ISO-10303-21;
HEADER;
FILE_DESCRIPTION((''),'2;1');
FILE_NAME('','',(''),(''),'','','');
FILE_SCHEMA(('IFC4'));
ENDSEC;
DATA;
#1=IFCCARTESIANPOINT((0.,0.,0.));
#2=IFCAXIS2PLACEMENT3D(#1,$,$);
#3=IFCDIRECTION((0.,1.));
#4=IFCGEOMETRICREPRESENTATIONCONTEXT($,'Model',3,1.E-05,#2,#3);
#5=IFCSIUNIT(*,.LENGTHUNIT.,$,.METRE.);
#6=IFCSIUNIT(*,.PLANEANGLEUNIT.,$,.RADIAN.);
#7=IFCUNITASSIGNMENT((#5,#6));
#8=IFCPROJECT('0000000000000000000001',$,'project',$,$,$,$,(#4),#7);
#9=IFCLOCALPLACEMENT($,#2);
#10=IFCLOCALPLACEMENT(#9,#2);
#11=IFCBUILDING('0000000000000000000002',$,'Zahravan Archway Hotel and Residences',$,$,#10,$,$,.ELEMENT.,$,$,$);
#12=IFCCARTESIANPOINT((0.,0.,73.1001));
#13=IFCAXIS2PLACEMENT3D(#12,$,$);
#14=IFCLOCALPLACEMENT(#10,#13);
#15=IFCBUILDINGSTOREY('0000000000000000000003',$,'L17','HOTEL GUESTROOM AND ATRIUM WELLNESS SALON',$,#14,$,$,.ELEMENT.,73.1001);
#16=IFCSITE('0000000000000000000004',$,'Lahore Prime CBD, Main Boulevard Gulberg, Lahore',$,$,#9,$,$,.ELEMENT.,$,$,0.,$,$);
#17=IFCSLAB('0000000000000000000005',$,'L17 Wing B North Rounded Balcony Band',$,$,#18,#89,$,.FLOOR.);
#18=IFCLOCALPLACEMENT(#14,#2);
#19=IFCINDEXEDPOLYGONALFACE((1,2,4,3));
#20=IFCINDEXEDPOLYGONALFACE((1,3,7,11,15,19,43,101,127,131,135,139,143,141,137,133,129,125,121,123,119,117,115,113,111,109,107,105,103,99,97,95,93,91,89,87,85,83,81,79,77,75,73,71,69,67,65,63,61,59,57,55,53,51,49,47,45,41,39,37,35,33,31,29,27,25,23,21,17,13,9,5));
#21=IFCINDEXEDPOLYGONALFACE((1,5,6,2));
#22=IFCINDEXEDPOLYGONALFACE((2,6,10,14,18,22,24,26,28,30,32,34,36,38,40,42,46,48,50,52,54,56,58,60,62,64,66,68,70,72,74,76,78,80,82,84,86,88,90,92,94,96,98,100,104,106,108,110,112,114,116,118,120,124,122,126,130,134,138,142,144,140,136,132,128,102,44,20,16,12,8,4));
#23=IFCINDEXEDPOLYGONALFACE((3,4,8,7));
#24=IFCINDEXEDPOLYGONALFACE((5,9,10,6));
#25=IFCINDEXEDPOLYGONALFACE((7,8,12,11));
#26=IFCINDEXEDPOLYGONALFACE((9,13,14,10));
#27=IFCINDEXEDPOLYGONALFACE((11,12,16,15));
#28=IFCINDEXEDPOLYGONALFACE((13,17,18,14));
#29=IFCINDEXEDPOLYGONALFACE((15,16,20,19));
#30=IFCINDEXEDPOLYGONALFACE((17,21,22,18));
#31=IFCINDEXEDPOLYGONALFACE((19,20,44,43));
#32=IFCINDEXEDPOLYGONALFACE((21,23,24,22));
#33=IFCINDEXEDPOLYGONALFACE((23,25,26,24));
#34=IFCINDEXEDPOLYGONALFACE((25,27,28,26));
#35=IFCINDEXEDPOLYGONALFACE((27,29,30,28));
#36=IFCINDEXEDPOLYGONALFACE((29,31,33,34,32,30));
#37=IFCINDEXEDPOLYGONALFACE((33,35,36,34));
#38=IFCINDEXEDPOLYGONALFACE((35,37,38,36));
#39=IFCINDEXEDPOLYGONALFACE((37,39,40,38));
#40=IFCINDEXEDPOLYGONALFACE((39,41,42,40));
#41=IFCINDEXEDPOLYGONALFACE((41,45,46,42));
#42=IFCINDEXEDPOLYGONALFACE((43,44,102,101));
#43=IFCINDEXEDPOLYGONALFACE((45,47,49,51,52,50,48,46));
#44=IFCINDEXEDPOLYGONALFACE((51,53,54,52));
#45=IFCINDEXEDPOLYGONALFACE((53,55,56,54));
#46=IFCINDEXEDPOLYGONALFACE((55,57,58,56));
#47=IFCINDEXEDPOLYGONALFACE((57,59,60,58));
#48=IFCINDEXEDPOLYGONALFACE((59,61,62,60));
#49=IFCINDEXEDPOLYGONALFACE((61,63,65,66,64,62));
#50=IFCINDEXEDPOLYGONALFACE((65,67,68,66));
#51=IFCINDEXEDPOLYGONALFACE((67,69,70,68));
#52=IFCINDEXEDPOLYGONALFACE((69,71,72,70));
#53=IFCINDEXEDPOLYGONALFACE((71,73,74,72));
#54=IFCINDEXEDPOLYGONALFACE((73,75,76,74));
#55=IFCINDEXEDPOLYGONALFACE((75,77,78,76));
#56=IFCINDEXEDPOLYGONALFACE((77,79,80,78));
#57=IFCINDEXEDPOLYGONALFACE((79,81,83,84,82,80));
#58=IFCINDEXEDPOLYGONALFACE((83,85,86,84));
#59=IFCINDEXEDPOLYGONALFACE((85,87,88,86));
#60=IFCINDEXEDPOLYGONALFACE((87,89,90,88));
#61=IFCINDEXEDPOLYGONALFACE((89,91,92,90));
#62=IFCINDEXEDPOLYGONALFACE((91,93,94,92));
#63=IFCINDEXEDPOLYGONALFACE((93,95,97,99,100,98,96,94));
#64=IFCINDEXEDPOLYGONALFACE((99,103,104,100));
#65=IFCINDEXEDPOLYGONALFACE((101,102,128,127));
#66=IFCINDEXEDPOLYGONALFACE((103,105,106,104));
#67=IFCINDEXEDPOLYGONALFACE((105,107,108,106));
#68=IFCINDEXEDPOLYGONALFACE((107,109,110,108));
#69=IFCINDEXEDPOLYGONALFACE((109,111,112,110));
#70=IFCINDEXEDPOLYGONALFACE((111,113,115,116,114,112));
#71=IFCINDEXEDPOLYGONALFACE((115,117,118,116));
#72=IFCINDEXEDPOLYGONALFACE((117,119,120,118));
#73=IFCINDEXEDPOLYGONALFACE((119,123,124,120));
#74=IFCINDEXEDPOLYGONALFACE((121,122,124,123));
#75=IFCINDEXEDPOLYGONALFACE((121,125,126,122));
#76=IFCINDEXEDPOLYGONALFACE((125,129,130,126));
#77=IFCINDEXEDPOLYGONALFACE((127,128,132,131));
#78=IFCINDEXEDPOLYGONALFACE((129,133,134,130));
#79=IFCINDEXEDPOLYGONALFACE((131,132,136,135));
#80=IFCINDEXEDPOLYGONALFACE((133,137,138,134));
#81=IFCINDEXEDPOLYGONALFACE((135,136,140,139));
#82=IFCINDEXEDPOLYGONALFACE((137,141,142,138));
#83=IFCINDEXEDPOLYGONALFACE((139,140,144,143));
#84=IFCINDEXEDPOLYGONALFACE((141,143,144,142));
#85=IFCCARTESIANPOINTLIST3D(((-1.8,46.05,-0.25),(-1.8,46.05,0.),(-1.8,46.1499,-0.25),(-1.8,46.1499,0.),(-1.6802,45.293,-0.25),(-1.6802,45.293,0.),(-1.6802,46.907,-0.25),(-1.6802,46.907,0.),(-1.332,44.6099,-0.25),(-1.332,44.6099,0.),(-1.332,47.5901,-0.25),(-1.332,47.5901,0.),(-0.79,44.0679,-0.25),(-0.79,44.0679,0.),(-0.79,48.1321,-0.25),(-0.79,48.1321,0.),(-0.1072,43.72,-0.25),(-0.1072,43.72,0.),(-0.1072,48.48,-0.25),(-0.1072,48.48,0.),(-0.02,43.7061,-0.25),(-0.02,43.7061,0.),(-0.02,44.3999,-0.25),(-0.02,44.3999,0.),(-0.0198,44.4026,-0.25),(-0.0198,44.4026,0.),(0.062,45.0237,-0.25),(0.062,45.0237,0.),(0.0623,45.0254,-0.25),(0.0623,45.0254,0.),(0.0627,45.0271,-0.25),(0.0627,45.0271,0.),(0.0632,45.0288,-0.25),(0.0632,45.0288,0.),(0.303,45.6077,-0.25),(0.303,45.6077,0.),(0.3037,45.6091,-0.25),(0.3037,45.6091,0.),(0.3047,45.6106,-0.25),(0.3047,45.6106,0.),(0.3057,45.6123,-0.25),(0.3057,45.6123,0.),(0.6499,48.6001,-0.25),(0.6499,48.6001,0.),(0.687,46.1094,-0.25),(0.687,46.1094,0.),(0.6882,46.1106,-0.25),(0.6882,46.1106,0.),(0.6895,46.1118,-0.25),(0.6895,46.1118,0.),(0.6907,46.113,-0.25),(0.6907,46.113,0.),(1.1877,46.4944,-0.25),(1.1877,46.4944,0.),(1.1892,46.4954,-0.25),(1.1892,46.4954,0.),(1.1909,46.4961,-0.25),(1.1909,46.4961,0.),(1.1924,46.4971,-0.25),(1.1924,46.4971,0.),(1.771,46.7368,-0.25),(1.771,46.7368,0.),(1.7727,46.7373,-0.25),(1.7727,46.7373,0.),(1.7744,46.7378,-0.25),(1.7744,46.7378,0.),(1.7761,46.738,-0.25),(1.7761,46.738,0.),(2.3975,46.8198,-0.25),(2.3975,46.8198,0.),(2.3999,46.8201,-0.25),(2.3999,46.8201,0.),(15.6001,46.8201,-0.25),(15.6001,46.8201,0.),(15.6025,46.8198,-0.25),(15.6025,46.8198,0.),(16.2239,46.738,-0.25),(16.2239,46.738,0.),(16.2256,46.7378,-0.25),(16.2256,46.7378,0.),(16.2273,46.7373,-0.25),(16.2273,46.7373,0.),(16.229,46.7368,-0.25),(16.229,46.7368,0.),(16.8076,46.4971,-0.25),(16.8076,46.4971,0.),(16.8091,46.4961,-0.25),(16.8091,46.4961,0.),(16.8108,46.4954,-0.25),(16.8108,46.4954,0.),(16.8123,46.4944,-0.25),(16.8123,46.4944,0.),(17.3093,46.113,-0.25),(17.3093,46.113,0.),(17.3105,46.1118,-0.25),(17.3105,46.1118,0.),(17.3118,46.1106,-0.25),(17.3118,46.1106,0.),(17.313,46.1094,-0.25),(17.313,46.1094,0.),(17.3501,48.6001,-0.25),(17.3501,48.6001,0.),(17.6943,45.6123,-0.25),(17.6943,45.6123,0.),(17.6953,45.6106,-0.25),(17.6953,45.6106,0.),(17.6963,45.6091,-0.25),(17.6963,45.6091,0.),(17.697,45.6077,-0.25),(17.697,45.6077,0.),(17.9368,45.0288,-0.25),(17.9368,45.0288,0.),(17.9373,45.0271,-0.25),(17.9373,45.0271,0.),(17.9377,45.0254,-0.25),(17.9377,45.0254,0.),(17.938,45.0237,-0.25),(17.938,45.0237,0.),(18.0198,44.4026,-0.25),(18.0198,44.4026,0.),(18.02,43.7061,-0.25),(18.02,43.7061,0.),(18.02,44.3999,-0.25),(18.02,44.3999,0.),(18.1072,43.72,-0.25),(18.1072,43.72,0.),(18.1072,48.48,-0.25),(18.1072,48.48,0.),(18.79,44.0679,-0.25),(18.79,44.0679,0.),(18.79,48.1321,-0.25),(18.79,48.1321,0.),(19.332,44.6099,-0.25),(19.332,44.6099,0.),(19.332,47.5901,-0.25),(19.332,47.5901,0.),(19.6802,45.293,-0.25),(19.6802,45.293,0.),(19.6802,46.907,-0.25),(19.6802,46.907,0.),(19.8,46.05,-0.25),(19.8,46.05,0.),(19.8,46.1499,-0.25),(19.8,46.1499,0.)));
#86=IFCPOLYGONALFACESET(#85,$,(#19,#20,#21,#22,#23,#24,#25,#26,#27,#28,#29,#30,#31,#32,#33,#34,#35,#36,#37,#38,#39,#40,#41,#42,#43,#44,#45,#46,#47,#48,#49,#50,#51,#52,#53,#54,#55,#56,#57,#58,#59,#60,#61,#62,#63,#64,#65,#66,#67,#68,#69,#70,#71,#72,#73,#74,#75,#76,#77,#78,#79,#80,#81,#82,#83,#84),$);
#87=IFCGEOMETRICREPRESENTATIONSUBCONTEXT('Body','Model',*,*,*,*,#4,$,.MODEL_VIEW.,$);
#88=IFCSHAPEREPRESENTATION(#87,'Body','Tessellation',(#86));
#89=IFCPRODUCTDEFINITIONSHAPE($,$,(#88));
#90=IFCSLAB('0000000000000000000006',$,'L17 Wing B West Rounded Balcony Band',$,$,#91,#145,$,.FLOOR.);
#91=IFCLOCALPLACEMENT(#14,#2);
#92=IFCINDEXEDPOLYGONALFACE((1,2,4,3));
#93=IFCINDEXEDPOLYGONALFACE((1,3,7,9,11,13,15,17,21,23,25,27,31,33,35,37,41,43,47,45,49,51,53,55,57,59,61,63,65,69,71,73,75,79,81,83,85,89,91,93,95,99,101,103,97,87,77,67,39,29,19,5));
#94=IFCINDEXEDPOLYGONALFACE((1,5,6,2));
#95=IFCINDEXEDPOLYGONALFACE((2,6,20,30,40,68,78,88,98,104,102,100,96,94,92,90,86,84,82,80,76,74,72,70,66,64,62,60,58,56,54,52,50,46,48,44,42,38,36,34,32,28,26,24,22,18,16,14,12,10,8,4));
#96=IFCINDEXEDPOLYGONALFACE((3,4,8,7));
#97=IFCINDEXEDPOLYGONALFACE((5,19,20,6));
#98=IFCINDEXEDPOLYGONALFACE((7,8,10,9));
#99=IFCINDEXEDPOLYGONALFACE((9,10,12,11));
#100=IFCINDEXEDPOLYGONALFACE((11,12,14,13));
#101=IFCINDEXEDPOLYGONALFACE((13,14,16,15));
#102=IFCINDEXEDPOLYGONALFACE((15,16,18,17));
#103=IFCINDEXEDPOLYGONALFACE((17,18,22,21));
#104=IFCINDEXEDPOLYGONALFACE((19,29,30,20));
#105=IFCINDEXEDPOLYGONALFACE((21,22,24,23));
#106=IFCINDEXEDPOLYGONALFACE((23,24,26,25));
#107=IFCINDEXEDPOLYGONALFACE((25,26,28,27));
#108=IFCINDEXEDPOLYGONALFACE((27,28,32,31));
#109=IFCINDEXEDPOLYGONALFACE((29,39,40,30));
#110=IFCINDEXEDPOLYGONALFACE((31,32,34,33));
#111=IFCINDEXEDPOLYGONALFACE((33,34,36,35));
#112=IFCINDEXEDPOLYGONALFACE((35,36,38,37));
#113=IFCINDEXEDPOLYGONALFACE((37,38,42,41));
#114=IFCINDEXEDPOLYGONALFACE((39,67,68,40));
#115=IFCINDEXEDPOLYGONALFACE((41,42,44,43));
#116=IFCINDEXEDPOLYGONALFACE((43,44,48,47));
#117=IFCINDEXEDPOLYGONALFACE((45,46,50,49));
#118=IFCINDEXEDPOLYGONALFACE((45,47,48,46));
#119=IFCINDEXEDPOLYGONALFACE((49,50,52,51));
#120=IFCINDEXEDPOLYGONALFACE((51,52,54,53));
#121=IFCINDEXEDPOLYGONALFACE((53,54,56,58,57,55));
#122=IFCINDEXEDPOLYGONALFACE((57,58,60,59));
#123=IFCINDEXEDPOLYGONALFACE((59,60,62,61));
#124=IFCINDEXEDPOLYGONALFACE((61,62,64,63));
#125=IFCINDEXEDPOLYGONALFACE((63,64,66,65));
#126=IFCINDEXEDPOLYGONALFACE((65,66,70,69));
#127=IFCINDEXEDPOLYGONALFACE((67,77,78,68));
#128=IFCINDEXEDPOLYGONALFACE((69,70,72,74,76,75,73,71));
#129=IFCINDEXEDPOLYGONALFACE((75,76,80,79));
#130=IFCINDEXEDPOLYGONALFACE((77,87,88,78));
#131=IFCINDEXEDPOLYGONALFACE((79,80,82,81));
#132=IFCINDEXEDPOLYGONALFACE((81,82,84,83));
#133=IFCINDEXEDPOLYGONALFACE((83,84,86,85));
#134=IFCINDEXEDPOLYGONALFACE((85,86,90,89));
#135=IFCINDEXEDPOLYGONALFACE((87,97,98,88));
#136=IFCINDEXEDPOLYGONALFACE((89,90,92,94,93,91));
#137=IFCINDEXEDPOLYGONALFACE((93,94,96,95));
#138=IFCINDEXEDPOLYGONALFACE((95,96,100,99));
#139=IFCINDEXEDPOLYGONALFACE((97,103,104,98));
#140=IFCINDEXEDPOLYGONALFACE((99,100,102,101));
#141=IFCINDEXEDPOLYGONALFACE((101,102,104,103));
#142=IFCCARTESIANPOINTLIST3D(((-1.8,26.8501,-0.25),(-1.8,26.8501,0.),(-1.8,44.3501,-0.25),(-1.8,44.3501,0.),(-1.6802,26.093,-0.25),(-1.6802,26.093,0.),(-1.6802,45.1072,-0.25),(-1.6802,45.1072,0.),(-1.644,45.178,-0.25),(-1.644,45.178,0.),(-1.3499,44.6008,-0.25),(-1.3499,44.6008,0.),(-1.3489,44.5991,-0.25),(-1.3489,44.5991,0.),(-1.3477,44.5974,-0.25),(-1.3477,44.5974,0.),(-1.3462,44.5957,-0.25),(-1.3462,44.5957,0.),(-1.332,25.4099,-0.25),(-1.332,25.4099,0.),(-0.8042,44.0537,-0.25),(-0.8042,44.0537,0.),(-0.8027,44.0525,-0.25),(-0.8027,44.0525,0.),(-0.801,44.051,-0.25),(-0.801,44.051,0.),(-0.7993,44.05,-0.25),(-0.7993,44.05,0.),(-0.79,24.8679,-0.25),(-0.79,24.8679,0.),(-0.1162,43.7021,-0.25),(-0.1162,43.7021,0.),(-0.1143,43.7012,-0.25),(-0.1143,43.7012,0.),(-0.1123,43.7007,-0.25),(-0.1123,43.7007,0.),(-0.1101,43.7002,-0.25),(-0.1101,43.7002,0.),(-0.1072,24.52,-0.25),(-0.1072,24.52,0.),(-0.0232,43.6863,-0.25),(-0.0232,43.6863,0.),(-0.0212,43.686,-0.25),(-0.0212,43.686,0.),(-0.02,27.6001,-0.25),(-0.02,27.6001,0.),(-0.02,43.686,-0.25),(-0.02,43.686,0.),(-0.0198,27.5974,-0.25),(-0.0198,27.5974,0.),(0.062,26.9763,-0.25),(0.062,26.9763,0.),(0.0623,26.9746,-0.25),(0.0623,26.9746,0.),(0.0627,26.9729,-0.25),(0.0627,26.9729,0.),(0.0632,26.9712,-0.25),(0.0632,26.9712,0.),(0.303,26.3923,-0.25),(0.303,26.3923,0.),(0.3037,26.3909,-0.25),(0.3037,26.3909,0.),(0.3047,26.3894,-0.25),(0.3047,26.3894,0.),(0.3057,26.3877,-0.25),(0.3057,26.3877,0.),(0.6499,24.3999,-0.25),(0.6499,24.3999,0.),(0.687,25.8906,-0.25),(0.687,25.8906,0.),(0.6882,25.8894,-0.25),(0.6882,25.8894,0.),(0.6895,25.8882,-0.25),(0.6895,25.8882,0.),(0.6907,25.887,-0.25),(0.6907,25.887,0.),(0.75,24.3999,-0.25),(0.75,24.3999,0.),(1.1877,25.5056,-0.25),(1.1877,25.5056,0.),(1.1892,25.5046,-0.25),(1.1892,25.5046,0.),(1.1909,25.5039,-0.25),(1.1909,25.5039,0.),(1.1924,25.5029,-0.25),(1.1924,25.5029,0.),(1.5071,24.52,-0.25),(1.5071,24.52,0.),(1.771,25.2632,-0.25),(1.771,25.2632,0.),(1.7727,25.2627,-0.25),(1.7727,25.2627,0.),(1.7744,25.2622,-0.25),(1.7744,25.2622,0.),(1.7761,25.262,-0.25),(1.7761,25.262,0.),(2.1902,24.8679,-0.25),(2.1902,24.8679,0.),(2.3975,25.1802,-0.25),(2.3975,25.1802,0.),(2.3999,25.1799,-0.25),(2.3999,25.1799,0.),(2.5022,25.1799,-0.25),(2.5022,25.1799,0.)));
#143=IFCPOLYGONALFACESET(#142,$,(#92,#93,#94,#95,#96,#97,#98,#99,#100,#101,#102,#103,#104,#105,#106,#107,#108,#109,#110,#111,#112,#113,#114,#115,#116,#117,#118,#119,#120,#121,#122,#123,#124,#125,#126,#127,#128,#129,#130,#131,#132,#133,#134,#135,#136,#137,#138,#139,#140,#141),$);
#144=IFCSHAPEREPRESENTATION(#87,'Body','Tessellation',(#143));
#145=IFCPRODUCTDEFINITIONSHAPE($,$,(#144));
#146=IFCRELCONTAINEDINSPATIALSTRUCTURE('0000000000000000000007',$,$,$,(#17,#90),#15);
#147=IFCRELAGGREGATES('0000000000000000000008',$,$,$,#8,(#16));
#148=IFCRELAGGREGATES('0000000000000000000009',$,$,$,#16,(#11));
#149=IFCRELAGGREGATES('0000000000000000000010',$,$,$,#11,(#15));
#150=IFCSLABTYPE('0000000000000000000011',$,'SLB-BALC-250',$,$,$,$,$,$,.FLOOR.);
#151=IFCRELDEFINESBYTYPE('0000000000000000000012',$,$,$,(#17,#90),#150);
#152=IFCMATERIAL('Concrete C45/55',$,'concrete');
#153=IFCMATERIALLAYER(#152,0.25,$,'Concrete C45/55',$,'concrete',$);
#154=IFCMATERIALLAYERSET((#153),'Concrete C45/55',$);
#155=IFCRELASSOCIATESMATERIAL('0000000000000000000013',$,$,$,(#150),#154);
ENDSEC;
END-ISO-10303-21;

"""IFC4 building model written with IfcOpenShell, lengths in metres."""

from ifc_helpers import new_model, si_unit, direction, frame, origin, place, context, subcontext, project, spatial, polyline, outline, extrude, material, layer, layer_set, type_object, element, save


model = new_model("IFC4")

# Units and contexts
model_context = context("Model", 3, precision=1e-05, world=origin(), true_north=direction((0.0, 1.0)))
body_context = subcontext(model_context, "Body", "Model", "MODEL_VIEW")
ifc_project = project(units=[si_unit("LENGTHUNIT", "METRE"), si_unit("PLANEANGLEUNIT", "RADIAN")], contexts=[model_context])

# Site, building, storey
site_placement = place(None, origin())
site = spatial("IfcSite", under=ifc_project, at=site_placement, Name="Lahore Prime CBD, Main Boulevard Gulberg, Lahore", CompositionType="ELEMENT", RefElevation=0.0)
building_placement = place(site_placement, origin())
building = spatial("IfcBuilding", under=site, at=building_placement, Name="Zahravan Archway Hotel and Residences", CompositionType="ELEMENT")
storey_placement = place(building_placement, frame((0.0, 0.0, 73.1001)))
storey = spatial("IfcBuildingStorey", under=building, at=storey_placement, Name="L17", Description="HOTEL GUESTROOM AND ATRIUM WELLNESS SALON", CompositionType="ELEMENT", Elevation=73.1001)

# Slabs
ifc_material_1 = material(Name="Concrete C45/55", Category="concrete")
ifc_layer_1 = layer(ifc_material_1, 0.25, Name="Concrete C45/55", Category="concrete")
ifc_layer_set_1 = layer_set([ifc_layer_1], Name="Concrete C45/55")
slab_type_1 = type_object("IfcSlabType", Name="SLB-BALC-250", PredefinedType="FLOOR", material=ifc_layer_set_1)
slab_1_placement = place(storey_placement, frame((0.0, 0.0, -0.25)))
element("IfcSlab", 1, at=slab_1_placement, inside=storey, type_object=slab_type_1, Name="L17 Wing B North Rounded Balcony Band", PredefinedType="FLOOR", context=body_context, shape_type="SweptSolid", body=[
    extrude(outline(polyline([(-0.1072, 43.72), (-0.79, 44.0679), (-1.332, 44.6099), (-1.6802, 45.293), (-1.8, 46.05), (-1.8, 46.1499), (-1.6802, 46.907), (-1.332, 47.5901), (-0.79, 48.1321), (-0.1072, 48.48), (0.6499, 48.6001), (17.3501, 48.6001), (18.1072, 48.48), (18.79, 48.1321), (19.332, 47.5901), (19.6802, 46.907), (19.8, 46.1499), (19.8, 46.05), (19.6802, 45.293), (19.332, 44.6099), (18.79, 44.0679), (18.1072, 43.72), (18.02, 43.7061), (18.02, 44.3999), (18.0198, 44.4026), (17.938, 45.0237), (17.9377, 45.0254), (17.9373, 45.0271), (17.9368, 45.0288), (17.697, 45.6077), (17.6963, 45.6091), (17.6953, 45.6106), (17.6943, 45.6123), (17.313, 46.1094), (17.3118, 46.1106), (17.3105, 46.1118), (17.3093, 46.113), (16.8123, 46.4944), (16.8108, 46.4954), (16.8091, 46.4961), (16.8076, 46.4971), (16.229, 46.7368), (16.2273, 46.7373), (16.2256, 46.7378), (16.2239, 46.738), (15.6025, 46.8198), (15.6001, 46.8201), (2.3999, 46.8201), (2.3975, 46.8198), (1.7761, 46.738), (1.7744, 46.7378), (1.7727, 46.7373), (1.771, 46.7368), (1.1924, 46.4971), (1.1909, 46.4961), (1.1892, 46.4954), (1.1877, 46.4944), (0.6907, 46.113), (0.6895, 46.1118), (0.6882, 46.1106), (0.687, 46.1094), (0.3057, 45.6123), (0.3047, 45.6106), (0.3037, 45.6091), (0.303, 45.6077), (0.0632, 45.0288), (0.0627, 45.0271), (0.0623, 45.0254), (0.062, 45.0237), (-0.0198, 44.4026), (-0.02, 44.3999), (-0.02, 43.7061), (-0.1072, 43.72)])), origin(), (0.0, 0.0, 1.0), 0.25),
])
slab_2_placement = place(storey_placement, frame((0.0, 0.0, -0.25)))
element("IfcSlab", 2, at=slab_2_placement, inside=storey, type_object=slab_type_1, Name="L17 Wing B West Rounded Balcony Band", PredefinedType="FLOOR", context=body_context, shape_type="SweptSolid", body=[
    extrude(outline(polyline([(2.1902, 24.8679), (1.5071, 24.52), (0.75, 24.3999), (0.6499, 24.3999), (-0.1072, 24.52), (-0.79, 24.8679), (-1.332, 25.4099), (-1.6802, 26.093), (-1.8, 26.8501), (-1.8, 44.3501), (-1.6802, 45.1072), (-1.644, 45.178), (-1.3499, 44.6008), (-1.3489, 44.5991), (-1.3477, 44.5974), (-1.3462, 44.5957), (-0.8042, 44.0537), (-0.8027, 44.0525), (-0.801, 44.051), (-0.7993, 44.05), (-0.1162, 43.7021), (-0.1143, 43.7012), (-0.1123, 43.7007), (-0.1101, 43.7002), (-0.0232, 43.6863), (-0.0212, 43.686), (-0.02, 43.686), (-0.02, 27.6001), (-0.0198, 27.5974), (0.062, 26.9763), (0.0623, 26.9746), (0.0627, 26.9729), (0.0632, 26.9712), (0.303, 26.3923), (0.3037, 26.3909), (0.3047, 26.3894), (0.3057, 26.3877), (0.687, 25.8906), (0.6882, 25.8894), (0.6895, 25.8882), (0.6907, 25.887), (1.1877, 25.5056), (1.1892, 25.5046), (1.1909, 25.5039), (1.1924, 25.5029), (1.771, 25.2632), (1.7727, 25.2627), (1.7744, 25.2622), (1.7761, 25.262), (2.3975, 25.1802), (2.3999, 25.1799), (2.5022, 25.1799), (2.1902, 24.8679)])), origin(), (0.0, 0.0, 1.0), 0.25),
])

save(model, "model.ifc")
